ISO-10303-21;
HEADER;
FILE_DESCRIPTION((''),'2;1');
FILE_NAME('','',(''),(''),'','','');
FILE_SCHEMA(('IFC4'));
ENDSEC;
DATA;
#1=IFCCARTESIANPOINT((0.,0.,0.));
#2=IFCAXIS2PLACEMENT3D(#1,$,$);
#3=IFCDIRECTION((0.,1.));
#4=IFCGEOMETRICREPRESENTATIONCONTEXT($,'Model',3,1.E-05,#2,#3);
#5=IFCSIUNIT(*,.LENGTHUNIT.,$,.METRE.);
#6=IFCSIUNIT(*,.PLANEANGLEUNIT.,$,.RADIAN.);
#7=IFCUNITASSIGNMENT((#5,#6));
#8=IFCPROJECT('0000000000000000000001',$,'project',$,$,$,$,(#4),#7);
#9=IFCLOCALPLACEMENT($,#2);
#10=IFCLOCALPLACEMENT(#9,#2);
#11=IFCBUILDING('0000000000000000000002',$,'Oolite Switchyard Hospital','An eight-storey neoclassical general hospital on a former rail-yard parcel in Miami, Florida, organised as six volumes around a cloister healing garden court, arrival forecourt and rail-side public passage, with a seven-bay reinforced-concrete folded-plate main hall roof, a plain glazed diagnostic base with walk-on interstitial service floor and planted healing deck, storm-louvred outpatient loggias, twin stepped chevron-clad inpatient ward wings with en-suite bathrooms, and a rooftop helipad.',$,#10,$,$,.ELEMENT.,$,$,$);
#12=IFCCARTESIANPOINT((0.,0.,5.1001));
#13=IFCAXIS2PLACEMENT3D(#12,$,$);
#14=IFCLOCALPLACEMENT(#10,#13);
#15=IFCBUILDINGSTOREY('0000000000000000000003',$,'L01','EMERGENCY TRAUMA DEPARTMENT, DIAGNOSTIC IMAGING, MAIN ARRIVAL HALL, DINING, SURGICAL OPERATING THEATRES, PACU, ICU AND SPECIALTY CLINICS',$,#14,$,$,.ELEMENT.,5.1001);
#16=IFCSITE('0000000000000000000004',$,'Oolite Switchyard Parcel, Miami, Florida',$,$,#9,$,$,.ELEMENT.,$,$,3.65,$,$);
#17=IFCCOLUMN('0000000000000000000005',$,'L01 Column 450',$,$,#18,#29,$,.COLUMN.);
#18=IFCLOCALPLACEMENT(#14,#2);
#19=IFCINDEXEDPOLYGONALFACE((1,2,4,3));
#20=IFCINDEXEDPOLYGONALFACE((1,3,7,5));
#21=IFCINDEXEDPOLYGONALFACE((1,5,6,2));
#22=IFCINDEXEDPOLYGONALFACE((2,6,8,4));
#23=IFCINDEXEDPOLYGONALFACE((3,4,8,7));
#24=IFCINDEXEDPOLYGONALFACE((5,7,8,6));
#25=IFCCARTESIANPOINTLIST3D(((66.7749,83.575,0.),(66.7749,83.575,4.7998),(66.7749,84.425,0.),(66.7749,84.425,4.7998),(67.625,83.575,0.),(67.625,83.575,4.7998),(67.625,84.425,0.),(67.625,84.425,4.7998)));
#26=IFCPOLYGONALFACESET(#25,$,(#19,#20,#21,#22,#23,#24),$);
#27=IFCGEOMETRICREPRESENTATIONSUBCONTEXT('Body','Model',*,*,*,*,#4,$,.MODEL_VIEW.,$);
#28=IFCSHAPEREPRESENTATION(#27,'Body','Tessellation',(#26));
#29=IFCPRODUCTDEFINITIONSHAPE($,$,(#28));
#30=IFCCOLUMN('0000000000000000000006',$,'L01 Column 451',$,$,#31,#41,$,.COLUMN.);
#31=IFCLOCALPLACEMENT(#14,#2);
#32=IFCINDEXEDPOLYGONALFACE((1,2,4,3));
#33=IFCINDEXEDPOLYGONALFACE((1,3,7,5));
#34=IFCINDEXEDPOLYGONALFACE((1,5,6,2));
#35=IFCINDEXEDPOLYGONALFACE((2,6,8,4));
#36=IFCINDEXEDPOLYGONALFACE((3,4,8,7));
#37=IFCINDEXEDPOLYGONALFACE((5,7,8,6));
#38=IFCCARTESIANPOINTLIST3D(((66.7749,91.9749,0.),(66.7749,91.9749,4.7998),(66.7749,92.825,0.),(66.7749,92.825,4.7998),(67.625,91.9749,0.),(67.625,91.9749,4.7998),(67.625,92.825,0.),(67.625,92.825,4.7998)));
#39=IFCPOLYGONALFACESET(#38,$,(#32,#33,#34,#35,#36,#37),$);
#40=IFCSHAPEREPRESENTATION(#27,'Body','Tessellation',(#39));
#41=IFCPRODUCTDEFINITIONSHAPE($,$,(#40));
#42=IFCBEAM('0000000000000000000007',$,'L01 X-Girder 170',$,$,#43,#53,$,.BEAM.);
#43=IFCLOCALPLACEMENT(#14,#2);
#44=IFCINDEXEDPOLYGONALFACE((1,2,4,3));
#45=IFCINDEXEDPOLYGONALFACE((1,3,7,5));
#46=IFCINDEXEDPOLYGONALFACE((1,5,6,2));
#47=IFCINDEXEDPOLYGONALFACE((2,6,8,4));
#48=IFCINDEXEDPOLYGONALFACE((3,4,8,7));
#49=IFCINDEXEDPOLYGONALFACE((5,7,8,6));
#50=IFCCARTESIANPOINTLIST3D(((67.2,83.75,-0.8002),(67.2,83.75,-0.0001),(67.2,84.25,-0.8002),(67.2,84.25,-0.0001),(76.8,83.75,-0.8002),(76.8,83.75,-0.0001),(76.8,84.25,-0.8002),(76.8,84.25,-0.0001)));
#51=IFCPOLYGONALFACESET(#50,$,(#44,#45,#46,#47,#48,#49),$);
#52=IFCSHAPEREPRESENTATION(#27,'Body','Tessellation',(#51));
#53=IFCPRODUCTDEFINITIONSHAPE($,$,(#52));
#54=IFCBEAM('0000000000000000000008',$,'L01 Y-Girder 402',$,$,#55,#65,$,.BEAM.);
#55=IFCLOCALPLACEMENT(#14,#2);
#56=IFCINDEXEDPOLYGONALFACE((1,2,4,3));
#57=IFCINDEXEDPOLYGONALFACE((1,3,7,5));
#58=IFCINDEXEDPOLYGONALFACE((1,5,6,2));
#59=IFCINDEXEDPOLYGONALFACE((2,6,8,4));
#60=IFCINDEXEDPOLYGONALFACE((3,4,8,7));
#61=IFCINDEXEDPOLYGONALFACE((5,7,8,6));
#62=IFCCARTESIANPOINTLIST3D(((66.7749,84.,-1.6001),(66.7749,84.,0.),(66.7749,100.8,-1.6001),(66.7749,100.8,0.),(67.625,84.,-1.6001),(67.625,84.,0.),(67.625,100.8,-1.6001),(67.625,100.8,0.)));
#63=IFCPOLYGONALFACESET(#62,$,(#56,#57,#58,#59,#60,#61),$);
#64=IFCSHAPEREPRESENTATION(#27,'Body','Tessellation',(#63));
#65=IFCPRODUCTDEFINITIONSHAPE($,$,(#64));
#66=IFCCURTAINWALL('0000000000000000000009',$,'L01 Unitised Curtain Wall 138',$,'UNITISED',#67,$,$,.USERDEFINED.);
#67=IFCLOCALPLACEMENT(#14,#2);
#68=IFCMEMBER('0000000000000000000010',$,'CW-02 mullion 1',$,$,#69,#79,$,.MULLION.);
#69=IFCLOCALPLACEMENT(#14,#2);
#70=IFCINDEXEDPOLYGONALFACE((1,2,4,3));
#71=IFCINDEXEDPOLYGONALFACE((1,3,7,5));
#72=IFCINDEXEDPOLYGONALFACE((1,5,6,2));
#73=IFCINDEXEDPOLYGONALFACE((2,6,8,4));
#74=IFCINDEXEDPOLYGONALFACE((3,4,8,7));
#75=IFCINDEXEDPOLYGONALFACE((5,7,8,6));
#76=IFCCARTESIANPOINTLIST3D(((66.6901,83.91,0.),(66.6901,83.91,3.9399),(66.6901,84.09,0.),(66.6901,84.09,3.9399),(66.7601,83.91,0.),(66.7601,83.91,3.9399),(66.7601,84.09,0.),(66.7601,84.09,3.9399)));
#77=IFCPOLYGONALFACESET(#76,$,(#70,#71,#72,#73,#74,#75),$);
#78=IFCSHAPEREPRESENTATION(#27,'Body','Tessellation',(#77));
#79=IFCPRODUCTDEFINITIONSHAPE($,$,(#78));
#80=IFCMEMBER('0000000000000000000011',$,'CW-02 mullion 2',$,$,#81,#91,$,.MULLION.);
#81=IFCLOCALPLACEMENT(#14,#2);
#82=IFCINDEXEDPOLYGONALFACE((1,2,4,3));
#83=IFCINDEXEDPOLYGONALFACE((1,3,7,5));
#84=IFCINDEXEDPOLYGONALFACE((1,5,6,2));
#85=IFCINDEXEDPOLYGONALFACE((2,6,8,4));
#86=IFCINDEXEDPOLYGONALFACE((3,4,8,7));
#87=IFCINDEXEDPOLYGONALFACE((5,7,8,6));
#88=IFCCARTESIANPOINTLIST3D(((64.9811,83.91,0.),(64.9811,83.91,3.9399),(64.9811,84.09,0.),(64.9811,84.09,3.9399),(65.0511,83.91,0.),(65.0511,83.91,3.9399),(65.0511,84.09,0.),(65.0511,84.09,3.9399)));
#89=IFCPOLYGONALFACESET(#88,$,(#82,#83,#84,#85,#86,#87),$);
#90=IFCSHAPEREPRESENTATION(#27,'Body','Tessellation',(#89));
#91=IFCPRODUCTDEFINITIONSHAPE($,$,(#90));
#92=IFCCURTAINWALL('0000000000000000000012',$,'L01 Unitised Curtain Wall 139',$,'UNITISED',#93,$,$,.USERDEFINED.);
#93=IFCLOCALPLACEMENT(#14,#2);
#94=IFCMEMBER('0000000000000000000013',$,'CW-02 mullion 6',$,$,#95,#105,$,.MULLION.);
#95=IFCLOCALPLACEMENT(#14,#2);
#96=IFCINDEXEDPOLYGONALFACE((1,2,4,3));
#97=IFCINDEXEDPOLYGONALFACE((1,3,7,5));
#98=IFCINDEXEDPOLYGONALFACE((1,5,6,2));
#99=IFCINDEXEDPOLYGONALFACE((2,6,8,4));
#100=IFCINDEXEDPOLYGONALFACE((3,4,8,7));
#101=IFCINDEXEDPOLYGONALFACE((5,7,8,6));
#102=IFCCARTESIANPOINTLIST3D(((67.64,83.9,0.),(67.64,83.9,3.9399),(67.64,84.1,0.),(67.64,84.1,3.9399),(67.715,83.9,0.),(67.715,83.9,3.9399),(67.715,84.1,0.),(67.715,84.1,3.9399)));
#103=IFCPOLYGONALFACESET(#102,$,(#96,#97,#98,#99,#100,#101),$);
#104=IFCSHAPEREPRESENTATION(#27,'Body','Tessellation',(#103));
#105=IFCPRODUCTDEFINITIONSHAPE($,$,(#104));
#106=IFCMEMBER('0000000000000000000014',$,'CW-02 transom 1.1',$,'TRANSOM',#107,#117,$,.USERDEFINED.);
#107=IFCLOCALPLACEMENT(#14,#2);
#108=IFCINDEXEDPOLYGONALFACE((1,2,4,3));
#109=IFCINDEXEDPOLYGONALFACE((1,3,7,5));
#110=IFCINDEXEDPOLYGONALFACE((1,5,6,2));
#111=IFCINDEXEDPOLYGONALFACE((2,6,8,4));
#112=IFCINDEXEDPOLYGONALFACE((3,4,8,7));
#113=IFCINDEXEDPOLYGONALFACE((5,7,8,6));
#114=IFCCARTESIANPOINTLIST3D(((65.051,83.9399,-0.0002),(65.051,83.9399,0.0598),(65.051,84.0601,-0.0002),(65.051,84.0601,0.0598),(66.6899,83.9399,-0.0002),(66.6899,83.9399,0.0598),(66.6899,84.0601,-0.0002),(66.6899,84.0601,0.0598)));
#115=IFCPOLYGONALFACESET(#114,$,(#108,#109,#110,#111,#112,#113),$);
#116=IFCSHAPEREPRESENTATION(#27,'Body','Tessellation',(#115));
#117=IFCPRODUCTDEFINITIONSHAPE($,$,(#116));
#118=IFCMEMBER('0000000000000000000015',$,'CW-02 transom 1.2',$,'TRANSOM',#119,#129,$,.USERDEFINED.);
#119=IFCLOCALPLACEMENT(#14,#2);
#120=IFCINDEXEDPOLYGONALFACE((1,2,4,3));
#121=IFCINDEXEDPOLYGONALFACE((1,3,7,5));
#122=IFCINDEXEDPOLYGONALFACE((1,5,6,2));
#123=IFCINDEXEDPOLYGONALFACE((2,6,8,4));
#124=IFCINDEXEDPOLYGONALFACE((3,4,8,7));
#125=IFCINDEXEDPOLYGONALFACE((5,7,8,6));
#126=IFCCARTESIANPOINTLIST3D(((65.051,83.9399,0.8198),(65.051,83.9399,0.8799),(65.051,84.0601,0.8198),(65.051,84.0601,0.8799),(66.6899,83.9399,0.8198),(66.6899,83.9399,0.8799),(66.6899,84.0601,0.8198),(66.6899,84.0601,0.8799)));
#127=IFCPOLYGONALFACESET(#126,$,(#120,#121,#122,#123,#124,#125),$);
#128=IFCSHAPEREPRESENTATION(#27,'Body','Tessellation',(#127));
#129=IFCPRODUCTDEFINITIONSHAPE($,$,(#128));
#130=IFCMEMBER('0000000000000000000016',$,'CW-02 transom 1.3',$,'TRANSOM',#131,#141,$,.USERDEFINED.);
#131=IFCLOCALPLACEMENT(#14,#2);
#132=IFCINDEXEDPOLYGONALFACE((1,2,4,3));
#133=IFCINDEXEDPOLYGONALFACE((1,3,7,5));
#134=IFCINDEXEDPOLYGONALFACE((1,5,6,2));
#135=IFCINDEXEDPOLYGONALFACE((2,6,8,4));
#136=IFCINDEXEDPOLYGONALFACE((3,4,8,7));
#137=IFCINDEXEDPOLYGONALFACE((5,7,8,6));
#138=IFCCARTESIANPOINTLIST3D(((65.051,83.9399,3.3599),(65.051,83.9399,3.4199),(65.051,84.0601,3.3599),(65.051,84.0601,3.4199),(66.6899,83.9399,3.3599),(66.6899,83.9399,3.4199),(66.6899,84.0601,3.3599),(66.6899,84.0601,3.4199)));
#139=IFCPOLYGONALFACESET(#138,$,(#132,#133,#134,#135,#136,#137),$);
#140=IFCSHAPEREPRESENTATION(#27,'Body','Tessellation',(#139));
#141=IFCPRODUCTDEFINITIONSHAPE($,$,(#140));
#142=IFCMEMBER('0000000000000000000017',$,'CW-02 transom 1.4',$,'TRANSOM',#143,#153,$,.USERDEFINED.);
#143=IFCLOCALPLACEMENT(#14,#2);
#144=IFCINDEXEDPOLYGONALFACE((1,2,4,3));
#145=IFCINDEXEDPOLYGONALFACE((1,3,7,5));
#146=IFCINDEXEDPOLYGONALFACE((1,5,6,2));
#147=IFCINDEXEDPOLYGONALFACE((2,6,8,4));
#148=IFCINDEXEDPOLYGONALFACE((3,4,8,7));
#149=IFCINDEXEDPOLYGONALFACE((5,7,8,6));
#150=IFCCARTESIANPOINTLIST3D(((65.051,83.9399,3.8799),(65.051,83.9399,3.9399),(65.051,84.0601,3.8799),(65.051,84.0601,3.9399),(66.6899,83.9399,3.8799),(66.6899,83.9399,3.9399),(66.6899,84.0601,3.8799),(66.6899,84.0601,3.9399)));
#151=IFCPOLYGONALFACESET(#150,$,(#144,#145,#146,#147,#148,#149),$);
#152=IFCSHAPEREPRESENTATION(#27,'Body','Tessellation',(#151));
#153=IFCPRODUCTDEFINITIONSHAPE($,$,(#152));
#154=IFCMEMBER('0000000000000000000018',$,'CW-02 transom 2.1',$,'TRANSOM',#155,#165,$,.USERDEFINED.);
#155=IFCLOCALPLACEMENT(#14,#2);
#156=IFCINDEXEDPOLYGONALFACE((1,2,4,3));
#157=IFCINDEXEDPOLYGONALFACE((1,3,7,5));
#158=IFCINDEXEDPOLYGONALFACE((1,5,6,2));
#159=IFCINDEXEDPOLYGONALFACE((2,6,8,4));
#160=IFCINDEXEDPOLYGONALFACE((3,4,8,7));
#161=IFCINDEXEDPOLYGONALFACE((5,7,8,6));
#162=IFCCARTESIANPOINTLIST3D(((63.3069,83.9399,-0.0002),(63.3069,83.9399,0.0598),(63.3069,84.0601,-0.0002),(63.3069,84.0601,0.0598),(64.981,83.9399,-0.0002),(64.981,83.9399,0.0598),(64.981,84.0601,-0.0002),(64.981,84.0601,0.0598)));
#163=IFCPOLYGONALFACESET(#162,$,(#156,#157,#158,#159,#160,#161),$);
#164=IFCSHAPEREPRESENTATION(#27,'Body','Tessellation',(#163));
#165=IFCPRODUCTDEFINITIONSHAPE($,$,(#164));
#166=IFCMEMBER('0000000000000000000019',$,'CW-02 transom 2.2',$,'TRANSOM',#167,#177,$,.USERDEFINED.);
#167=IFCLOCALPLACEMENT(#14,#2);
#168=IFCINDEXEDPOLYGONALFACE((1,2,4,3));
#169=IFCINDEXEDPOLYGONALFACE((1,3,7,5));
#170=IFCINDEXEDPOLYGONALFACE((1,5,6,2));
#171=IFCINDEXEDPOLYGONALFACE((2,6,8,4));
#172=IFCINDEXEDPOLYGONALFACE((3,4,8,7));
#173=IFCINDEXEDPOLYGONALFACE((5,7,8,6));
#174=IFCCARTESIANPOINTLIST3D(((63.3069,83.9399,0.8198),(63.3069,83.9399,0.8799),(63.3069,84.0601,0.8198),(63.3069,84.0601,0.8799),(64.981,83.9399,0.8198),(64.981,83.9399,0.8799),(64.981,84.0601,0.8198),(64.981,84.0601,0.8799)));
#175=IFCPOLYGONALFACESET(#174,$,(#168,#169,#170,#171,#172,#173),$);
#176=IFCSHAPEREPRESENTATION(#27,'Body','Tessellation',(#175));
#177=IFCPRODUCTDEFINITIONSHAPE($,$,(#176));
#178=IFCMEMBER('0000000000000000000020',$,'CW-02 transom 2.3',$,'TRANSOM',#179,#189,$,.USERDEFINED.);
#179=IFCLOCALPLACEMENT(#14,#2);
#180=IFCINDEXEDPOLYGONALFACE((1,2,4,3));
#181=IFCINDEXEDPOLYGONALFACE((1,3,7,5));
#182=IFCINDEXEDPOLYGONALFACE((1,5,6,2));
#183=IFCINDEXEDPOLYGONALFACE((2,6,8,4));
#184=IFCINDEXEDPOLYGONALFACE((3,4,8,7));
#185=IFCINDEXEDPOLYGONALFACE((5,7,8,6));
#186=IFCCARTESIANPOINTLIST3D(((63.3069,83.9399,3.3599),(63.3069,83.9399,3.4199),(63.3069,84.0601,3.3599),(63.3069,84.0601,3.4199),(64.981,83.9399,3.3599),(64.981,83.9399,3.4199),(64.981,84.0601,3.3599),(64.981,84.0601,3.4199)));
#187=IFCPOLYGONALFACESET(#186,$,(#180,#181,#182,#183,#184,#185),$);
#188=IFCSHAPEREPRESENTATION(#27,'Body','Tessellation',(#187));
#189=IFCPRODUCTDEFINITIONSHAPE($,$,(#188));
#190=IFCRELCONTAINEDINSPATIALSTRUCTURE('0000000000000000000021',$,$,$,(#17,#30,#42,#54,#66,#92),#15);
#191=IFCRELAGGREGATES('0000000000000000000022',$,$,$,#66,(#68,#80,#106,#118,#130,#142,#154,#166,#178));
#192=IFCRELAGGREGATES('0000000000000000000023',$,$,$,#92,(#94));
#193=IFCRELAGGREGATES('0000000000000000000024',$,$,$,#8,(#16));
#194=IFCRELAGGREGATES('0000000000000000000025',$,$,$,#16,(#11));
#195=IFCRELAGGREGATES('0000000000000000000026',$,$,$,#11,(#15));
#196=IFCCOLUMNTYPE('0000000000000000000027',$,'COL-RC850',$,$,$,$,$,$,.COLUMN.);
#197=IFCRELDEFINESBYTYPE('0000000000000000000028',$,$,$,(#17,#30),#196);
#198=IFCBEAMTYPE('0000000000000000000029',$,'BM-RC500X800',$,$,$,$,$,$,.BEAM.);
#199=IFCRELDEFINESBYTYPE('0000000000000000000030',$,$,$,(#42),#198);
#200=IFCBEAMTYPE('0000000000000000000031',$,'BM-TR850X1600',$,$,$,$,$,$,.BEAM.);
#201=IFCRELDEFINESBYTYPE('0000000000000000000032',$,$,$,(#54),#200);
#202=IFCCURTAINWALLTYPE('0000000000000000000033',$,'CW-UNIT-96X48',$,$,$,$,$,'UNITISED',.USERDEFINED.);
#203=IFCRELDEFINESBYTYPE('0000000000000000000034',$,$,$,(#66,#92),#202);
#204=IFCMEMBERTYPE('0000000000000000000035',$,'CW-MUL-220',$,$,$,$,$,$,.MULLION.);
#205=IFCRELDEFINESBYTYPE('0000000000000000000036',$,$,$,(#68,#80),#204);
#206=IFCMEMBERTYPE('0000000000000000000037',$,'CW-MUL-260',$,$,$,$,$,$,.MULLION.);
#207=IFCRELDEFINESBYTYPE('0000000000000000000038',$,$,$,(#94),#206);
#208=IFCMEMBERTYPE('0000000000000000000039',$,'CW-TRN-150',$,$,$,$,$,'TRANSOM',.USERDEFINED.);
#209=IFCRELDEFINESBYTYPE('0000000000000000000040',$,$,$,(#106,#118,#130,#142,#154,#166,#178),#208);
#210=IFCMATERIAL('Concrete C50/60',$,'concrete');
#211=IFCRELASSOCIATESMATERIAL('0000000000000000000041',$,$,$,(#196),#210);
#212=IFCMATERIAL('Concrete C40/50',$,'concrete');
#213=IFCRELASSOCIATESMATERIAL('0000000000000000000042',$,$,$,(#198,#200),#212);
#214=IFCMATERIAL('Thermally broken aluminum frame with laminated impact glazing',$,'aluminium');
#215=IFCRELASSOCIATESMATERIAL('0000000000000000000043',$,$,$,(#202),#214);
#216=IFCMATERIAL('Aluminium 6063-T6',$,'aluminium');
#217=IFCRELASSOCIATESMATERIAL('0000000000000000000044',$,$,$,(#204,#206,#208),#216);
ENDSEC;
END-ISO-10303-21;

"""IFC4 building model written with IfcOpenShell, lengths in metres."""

from ifc_helpers import new_model, si_unit, direction, frame, origin, origin_2d, place, context, subcontext, project, spatial, rectangle, extrude, material, material_profile, profile_set, type_object, element, aggregate, save


model = new_model("IFC4")

# Units and contexts
model_context = context("Model", 3, precision=1e-05, world=origin(), true_north=direction((0.0, 1.0)))
body_context = subcontext(model_context, "Body", "Model", "MODEL_VIEW")
ifc_project = project(units=[si_unit("LENGTHUNIT", "METRE"), si_unit("PLANEANGLEUNIT", "RADIAN")], contexts=[model_context])

# Site, building, storey
site_placement = place(None, origin())
site = spatial("IfcSite", under=ifc_project, at=site_placement, Name="Oolite Switchyard Parcel, Miami, Florida", CompositionType="ELEMENT", RefElevation=3.65)
building_placement = place(site_placement, origin())
building = spatial("IfcBuilding", under=site, at=building_placement, Name="Oolite Switchyard Hospital", Description="An eight-storey neoclassical general hospital on a former rail-yard parcel in Miami, Florida, organised as six volumes around a cloister healing garden court, arrival forecourt and rail-side public passage, with a seven-bay reinforced-concrete folded-plate main hall roof, a plain glazed diagnostic base with walk-on interstitial service floor and planted healing deck, storm-louvred outpatient loggias, twin stepped chevron-clad inpatient ward wings with en-suite bathrooms, and a rooftop helipad.", CompositionType="ELEMENT")
storey_placement = place(building_placement, frame((0.0, 0.0, 5.1001)))
storey = spatial("IfcBuildingStorey", under=building, at=storey_placement, Name="L01", Description="EMERGENCY TRAUMA DEPARTMENT, DIAGNOSTIC IMAGING, MAIN ARRIVAL HALL, DINING, SURGICAL OPERATING THEATRES, PACU, ICU AND SPECIALTY CLINICS", CompositionType="ELEMENT", Elevation=5.1001)

# Columns
ifc_material_1 = material(Name="Concrete C50/60", Category="concrete")
ifc_material_profile_1 = material_profile(ifc_material_1, rectangle(XDim=0.8501, YDim=0.8501, at=origin_2d()), Name="RC850X850")
ifc_profile_set_1 = profile_set([ifc_material_profile_1], Name="Concrete C50/60")
column_type = type_object("IfcColumnType", Name="COL-RC850", PredefinedType="COLUMN", material=ifc_profile_set_1)
for number, where, z_axis, x_axis, name in (
    (1, (67.2, 84.0, 0.0), (0.0, 0.0, 1.0), (1.0, 0.0, 0.0), "L01 Column 450"),
    (2, (67.2, 92.3999, 0.0), (0.0, 0.0, 1.0), (1.0, 0.0, 0.0), "L01 Column 451"),
):
    element("IfcColumn", number, at=place(storey_placement, frame(where, z_axis=z_axis, x_axis=x_axis)), inside=storey, type_object=column_type, Name=name, PredefinedType="COLUMN", context=body_context, shape_type="SweptSolid", body=[
        extrude(rectangle(XDim=0.8501, YDim=0.8501, at=origin_2d()), origin(), (0.0, 0.0, 1.0), 4.7998),
    ])

# Beams
ifc_material_2 = material(Name="Concrete C40/50", Category="concrete")
ifc_material_profile_2 = material_profile(ifc_material_2, rectangle(XDim=0.5, YDim=0.8, at=origin_2d()), Name="RCB500X800")
ifc_profile_set_2 = profile_set([ifc_material_profile_2], Name="Concrete C40/50")
beam_type_1 = type_object("IfcBeamType", Name="BM-RC500X800", PredefinedType="BEAM", material=ifc_profile_set_2)
beam_1_placement = place(storey_placement, frame((67.2, 84.0, -0.4001), z_axis=(1.0, 0.0, 0.0), x_axis=(0.0, 1.0, 0.0)))
element("IfcBeam", 3, at=beam_1_placement, inside=storey, type_object=beam_type_1, Name="L01 X-Girder 170", PredefinedType="BEAM", context=body_context, shape_type="SweptSolid", body=[
    extrude(rectangle(XDim=0.5, YDim=0.8, at=origin_2d()), origin(), (0.0, 0.0, 1.0), 9.6001),
])
ifc_material_profile_3 = material_profile(ifc_material_2, rectangle(XDim=0.8501, YDim=1.6001, at=origin_2d()), Name="RCT850X1600")
ifc_profile_set_3 = profile_set([ifc_material_profile_3], Name="Concrete C40/50")
beam_type_2 = type_object("IfcBeamType", Name="BM-TR850X1600", PredefinedType="BEAM", material=ifc_profile_set_3)
beam_2_placement = place(storey_placement, frame((67.2, 84.0, -0.8), z_axis=(0.0, 1.0, 0.0), x_axis=(-1.0, 0.0, 0.0)))
element("IfcBeam", 4, at=beam_2_placement, inside=storey, type_object=beam_type_2, Name="L01 Y-Girder 402", PredefinedType="BEAM", context=body_context, shape_type="SweptSolid", body=[
    extrude(rectangle(XDim=0.8501, YDim=1.6001, at=origin_2d()), origin(), (0.0, 0.0, 1.0), 16.8),
])

# Curtain wall, members
ifc_material_3 = material(Name="Thermally broken aluminum frame with laminated impact glazing", Category="aluminium")
curtain_wall_type = type_object("IfcCurtainWallType", Name="CW-UNIT-96X48", ElementType="UNITISED", PredefinedType="USERDEFINED", material=ifc_material_3)
curtain_wall_1_placement = place(storey_placement, origin())
curtain_wall_1 = element("IfcCurtainWall", 5, at=curtain_wall_1_placement, inside=storey, type_object=curtain_wall_type, Name="L01 Unitised Curtain Wall 138", ObjectType="UNITISED", PredefinedType="USERDEFINED")
ifc_material_4 = material(Name="Aluminium 6063-T6", Category="aluminium")
ifc_material_profile_4 = material_profile(ifc_material_4, rectangle(XDim=0.1799, YDim=0.0701, at=origin_2d()), Name="CWM70X180")
ifc_profile_set_4 = profile_set([ifc_material_profile_4], Name="Aluminium 6063-T6")
member_type_1 = type_object("IfcMemberType", Name="CW-MUL-220", PredefinedType="MULLION", material=ifc_profile_set_4)
member_1_placement = place(storey_placement, frame((66.7251, 84.0, 0.0), z_axis=(0.0, 0.0, 1.0), x_axis=(0.0, -1.0, 0.0)))
member_1 = element("IfcMember", 6, at=member_1_placement, type_object=member_type_1, Name="CW-02 mullion 1", PredefinedType="MULLION", context=body_context, shape_type="SweptSolid", body=[
    extrude(rectangle(XDim=0.1799, YDim=0.0701, at=origin_2d()), origin(), (0.0, 0.0, 1.0), 3.9399),
])
member_2_placement = place(storey_placement, frame((65.0161, 84.0, 0.0), z_axis=(0.0, 0.0, 1.0), x_axis=(0.0, -1.0, 0.0)))
member_2 = element("IfcMember", 7, at=member_2_placement, type_object=member_type_1, Name="CW-02 mullion 2", PredefinedType="MULLION", context=body_context, shape_type="SweptSolid", body=[
    extrude(rectangle(XDim=0.1799, YDim=0.0701, at=origin_2d()), origin(), (0.0, 0.0, 1.0), 3.9399),
])

# Curtain wall, member
curtain_wall_2_placement = place(storey_placement, origin())
curtain_wall_2 = element("IfcCurtainWall", 8, at=curtain_wall_2_placement, inside=storey, type_object=curtain_wall_type, Name="L01 Unitised Curtain Wall 139", ObjectType="UNITISED", PredefinedType="USERDEFINED")
ifc_material_profile_5 = material_profile(ifc_material_4, rectangle(XDim=0.2, YDim=0.075, at=origin_2d()), Name="CWM75X200")
ifc_profile_set_5 = profile_set([ifc_material_profile_5], Name="Aluminium 6063-T6")
member_type_2 = type_object("IfcMemberType", Name="CW-MUL-260", PredefinedType="MULLION", material=ifc_profile_set_5)
member_3_placement = place(storey_placement, frame((67.6775, 84.0, 0.0), z_axis=(0.0, 0.0, 1.0), x_axis=(0.0, -1.0, 0.0)))
member_3 = element("IfcMember", 9, at=member_3_placement, type_object=member_type_2, Name="CW-02 mullion 6", PredefinedType="MULLION", context=body_context, shape_type="SweptSolid", body=[
    extrude(rectangle(XDim=0.2, YDim=0.075, at=origin_2d()), origin(), (0.0, 0.0, 1.0), 3.9399),
])

# Members
ifc_material_profile_6 = material_profile(ifc_material_4, rectangle(XDim=0.1201, YDim=0.0601, at=origin_2d()), Name="CWT60X120")
ifc_profile_set_6 = profile_set([ifc_material_profile_6], Name="Aluminium 6063-T6")
member_type_3 = type_object("IfcMemberType", Name="CW-TRN-150", ElementType="TRANSOM", PredefinedType="USERDEFINED", material=ifc_profile_set_6)
member_4_placement = place(storey_placement, frame((66.6899, 84.0, 0.0298), z_axis=(-1.0, 0.0, 0.0), x_axis=(0.0, -1.0, 0.0)))
member_4 = element("IfcMember", 10, at=member_4_placement, type_object=member_type_3, Name="CW-02 transom 1.1", ObjectType="TRANSOM", PredefinedType="USERDEFINED", context=body_context, shape_type="SweptSolid", body=[
    extrude(rectangle(XDim=0.1201, YDim=0.0601, at=origin_2d()), origin(), (0.0, 0.0, 1.0), 1.6389),
])
member_5_placement = place(storey_placement, frame((66.6899, 84.0, 0.8499), z_axis=(-1.0, 0.0, 0.0), x_axis=(0.0, -1.0, 0.0)))
member_5 = element("IfcMember", 11, at=member_5_placement, type_object=member_type_3, Name="CW-02 transom 1.2", ObjectType="TRANSOM", PredefinedType="USERDEFINED", context=body_context, shape_type="SweptSolid", body=[
    extrude(rectangle(XDim=0.1201, YDim=0.0601, at=origin_2d()), origin(), (0.0, 0.0, 1.0), 1.6389),
])
member_6_placement = place(storey_placement, frame((66.6899, 84.0, 3.3899), z_axis=(-1.0, 0.0, 0.0), x_axis=(0.0, -1.0, 0.0)))
member_6 = element("IfcMember", 12, at=member_6_placement, type_object=member_type_3, Name="CW-02 transom 1.3", ObjectType="TRANSOM", PredefinedType="USERDEFINED", context=body_context, shape_type="SweptSolid", body=[
    extrude(rectangle(XDim=0.1201, YDim=0.0601, at=origin_2d()), origin(), (0.0, 0.0, 1.0), 1.6389),
])
member_7_placement = place(storey_placement, frame((66.6899, 84.0, 3.9099), z_axis=(-1.0, 0.0, 0.0), x_axis=(0.0, -1.0, 0.0)))
member_7 = element("IfcMember", 13, at=member_7_placement, type_object=member_type_3, Name="CW-02 transom 1.4", ObjectType="TRANSOM", PredefinedType="USERDEFINED", context=body_context, shape_type="SweptSolid", body=[
    extrude(rectangle(XDim=0.1201, YDim=0.0601, at=origin_2d()), origin(), (0.0, 0.0, 1.0), 1.6389),
])
member_8_placement = place(storey_placement, frame((64.981, 84.0, 0.0298), z_axis=(-1.0, 0.0, 0.0), x_axis=(0.0, -1.0, 0.0)))
member_8 = element("IfcMember", 14, at=member_8_placement, type_object=member_type_3, Name="CW-02 transom 2.1", ObjectType="TRANSOM", PredefinedType="USERDEFINED", context=body_context, shape_type="SweptSolid", body=[
    extrude(rectangle(XDim=0.1201, YDim=0.0601, at=origin_2d()), origin(), (0.0, 0.0, 1.0), 1.6741),
])
member_9_placement = place(storey_placement, frame((64.981, 84.0, 0.8499), z_axis=(-1.0, 0.0, 0.0), x_axis=(0.0, -1.0, 0.0)))
member_9 = element("IfcMember", 15, at=member_9_placement, type_object=member_type_3, Name="CW-02 transom 2.2", ObjectType="TRANSOM", PredefinedType="USERDEFINED", context=body_context, shape_type="SweptSolid", body=[
    extrude(rectangle(XDim=0.1201, YDim=0.0601, at=origin_2d()), origin(), (0.0, 0.0, 1.0), 1.6741),
])
member_10_placement = place(storey_placement, frame((64.981, 84.0, 3.3899), z_axis=(-1.0, 0.0, 0.0), x_axis=(0.0, -1.0, 0.0)))
member_10 = element("IfcMember", 16, at=member_10_placement, type_object=member_type_3, Name="CW-02 transom 2.3", ObjectType="TRANSOM", PredefinedType="USERDEFINED", context=body_context, shape_type="SweptSolid", body=[
    extrude(rectangle(XDim=0.1201, YDim=0.0601, at=origin_2d()), origin(), (0.0, 0.0, 1.0), 1.6741),
])

aggregate(curtain_wall_1, [member_1, member_2, member_4, member_5, member_6, member_7, member_8, member_9, member_10])
aggregate(curtain_wall_2, [member_3])

save(model, "model.ifc")
